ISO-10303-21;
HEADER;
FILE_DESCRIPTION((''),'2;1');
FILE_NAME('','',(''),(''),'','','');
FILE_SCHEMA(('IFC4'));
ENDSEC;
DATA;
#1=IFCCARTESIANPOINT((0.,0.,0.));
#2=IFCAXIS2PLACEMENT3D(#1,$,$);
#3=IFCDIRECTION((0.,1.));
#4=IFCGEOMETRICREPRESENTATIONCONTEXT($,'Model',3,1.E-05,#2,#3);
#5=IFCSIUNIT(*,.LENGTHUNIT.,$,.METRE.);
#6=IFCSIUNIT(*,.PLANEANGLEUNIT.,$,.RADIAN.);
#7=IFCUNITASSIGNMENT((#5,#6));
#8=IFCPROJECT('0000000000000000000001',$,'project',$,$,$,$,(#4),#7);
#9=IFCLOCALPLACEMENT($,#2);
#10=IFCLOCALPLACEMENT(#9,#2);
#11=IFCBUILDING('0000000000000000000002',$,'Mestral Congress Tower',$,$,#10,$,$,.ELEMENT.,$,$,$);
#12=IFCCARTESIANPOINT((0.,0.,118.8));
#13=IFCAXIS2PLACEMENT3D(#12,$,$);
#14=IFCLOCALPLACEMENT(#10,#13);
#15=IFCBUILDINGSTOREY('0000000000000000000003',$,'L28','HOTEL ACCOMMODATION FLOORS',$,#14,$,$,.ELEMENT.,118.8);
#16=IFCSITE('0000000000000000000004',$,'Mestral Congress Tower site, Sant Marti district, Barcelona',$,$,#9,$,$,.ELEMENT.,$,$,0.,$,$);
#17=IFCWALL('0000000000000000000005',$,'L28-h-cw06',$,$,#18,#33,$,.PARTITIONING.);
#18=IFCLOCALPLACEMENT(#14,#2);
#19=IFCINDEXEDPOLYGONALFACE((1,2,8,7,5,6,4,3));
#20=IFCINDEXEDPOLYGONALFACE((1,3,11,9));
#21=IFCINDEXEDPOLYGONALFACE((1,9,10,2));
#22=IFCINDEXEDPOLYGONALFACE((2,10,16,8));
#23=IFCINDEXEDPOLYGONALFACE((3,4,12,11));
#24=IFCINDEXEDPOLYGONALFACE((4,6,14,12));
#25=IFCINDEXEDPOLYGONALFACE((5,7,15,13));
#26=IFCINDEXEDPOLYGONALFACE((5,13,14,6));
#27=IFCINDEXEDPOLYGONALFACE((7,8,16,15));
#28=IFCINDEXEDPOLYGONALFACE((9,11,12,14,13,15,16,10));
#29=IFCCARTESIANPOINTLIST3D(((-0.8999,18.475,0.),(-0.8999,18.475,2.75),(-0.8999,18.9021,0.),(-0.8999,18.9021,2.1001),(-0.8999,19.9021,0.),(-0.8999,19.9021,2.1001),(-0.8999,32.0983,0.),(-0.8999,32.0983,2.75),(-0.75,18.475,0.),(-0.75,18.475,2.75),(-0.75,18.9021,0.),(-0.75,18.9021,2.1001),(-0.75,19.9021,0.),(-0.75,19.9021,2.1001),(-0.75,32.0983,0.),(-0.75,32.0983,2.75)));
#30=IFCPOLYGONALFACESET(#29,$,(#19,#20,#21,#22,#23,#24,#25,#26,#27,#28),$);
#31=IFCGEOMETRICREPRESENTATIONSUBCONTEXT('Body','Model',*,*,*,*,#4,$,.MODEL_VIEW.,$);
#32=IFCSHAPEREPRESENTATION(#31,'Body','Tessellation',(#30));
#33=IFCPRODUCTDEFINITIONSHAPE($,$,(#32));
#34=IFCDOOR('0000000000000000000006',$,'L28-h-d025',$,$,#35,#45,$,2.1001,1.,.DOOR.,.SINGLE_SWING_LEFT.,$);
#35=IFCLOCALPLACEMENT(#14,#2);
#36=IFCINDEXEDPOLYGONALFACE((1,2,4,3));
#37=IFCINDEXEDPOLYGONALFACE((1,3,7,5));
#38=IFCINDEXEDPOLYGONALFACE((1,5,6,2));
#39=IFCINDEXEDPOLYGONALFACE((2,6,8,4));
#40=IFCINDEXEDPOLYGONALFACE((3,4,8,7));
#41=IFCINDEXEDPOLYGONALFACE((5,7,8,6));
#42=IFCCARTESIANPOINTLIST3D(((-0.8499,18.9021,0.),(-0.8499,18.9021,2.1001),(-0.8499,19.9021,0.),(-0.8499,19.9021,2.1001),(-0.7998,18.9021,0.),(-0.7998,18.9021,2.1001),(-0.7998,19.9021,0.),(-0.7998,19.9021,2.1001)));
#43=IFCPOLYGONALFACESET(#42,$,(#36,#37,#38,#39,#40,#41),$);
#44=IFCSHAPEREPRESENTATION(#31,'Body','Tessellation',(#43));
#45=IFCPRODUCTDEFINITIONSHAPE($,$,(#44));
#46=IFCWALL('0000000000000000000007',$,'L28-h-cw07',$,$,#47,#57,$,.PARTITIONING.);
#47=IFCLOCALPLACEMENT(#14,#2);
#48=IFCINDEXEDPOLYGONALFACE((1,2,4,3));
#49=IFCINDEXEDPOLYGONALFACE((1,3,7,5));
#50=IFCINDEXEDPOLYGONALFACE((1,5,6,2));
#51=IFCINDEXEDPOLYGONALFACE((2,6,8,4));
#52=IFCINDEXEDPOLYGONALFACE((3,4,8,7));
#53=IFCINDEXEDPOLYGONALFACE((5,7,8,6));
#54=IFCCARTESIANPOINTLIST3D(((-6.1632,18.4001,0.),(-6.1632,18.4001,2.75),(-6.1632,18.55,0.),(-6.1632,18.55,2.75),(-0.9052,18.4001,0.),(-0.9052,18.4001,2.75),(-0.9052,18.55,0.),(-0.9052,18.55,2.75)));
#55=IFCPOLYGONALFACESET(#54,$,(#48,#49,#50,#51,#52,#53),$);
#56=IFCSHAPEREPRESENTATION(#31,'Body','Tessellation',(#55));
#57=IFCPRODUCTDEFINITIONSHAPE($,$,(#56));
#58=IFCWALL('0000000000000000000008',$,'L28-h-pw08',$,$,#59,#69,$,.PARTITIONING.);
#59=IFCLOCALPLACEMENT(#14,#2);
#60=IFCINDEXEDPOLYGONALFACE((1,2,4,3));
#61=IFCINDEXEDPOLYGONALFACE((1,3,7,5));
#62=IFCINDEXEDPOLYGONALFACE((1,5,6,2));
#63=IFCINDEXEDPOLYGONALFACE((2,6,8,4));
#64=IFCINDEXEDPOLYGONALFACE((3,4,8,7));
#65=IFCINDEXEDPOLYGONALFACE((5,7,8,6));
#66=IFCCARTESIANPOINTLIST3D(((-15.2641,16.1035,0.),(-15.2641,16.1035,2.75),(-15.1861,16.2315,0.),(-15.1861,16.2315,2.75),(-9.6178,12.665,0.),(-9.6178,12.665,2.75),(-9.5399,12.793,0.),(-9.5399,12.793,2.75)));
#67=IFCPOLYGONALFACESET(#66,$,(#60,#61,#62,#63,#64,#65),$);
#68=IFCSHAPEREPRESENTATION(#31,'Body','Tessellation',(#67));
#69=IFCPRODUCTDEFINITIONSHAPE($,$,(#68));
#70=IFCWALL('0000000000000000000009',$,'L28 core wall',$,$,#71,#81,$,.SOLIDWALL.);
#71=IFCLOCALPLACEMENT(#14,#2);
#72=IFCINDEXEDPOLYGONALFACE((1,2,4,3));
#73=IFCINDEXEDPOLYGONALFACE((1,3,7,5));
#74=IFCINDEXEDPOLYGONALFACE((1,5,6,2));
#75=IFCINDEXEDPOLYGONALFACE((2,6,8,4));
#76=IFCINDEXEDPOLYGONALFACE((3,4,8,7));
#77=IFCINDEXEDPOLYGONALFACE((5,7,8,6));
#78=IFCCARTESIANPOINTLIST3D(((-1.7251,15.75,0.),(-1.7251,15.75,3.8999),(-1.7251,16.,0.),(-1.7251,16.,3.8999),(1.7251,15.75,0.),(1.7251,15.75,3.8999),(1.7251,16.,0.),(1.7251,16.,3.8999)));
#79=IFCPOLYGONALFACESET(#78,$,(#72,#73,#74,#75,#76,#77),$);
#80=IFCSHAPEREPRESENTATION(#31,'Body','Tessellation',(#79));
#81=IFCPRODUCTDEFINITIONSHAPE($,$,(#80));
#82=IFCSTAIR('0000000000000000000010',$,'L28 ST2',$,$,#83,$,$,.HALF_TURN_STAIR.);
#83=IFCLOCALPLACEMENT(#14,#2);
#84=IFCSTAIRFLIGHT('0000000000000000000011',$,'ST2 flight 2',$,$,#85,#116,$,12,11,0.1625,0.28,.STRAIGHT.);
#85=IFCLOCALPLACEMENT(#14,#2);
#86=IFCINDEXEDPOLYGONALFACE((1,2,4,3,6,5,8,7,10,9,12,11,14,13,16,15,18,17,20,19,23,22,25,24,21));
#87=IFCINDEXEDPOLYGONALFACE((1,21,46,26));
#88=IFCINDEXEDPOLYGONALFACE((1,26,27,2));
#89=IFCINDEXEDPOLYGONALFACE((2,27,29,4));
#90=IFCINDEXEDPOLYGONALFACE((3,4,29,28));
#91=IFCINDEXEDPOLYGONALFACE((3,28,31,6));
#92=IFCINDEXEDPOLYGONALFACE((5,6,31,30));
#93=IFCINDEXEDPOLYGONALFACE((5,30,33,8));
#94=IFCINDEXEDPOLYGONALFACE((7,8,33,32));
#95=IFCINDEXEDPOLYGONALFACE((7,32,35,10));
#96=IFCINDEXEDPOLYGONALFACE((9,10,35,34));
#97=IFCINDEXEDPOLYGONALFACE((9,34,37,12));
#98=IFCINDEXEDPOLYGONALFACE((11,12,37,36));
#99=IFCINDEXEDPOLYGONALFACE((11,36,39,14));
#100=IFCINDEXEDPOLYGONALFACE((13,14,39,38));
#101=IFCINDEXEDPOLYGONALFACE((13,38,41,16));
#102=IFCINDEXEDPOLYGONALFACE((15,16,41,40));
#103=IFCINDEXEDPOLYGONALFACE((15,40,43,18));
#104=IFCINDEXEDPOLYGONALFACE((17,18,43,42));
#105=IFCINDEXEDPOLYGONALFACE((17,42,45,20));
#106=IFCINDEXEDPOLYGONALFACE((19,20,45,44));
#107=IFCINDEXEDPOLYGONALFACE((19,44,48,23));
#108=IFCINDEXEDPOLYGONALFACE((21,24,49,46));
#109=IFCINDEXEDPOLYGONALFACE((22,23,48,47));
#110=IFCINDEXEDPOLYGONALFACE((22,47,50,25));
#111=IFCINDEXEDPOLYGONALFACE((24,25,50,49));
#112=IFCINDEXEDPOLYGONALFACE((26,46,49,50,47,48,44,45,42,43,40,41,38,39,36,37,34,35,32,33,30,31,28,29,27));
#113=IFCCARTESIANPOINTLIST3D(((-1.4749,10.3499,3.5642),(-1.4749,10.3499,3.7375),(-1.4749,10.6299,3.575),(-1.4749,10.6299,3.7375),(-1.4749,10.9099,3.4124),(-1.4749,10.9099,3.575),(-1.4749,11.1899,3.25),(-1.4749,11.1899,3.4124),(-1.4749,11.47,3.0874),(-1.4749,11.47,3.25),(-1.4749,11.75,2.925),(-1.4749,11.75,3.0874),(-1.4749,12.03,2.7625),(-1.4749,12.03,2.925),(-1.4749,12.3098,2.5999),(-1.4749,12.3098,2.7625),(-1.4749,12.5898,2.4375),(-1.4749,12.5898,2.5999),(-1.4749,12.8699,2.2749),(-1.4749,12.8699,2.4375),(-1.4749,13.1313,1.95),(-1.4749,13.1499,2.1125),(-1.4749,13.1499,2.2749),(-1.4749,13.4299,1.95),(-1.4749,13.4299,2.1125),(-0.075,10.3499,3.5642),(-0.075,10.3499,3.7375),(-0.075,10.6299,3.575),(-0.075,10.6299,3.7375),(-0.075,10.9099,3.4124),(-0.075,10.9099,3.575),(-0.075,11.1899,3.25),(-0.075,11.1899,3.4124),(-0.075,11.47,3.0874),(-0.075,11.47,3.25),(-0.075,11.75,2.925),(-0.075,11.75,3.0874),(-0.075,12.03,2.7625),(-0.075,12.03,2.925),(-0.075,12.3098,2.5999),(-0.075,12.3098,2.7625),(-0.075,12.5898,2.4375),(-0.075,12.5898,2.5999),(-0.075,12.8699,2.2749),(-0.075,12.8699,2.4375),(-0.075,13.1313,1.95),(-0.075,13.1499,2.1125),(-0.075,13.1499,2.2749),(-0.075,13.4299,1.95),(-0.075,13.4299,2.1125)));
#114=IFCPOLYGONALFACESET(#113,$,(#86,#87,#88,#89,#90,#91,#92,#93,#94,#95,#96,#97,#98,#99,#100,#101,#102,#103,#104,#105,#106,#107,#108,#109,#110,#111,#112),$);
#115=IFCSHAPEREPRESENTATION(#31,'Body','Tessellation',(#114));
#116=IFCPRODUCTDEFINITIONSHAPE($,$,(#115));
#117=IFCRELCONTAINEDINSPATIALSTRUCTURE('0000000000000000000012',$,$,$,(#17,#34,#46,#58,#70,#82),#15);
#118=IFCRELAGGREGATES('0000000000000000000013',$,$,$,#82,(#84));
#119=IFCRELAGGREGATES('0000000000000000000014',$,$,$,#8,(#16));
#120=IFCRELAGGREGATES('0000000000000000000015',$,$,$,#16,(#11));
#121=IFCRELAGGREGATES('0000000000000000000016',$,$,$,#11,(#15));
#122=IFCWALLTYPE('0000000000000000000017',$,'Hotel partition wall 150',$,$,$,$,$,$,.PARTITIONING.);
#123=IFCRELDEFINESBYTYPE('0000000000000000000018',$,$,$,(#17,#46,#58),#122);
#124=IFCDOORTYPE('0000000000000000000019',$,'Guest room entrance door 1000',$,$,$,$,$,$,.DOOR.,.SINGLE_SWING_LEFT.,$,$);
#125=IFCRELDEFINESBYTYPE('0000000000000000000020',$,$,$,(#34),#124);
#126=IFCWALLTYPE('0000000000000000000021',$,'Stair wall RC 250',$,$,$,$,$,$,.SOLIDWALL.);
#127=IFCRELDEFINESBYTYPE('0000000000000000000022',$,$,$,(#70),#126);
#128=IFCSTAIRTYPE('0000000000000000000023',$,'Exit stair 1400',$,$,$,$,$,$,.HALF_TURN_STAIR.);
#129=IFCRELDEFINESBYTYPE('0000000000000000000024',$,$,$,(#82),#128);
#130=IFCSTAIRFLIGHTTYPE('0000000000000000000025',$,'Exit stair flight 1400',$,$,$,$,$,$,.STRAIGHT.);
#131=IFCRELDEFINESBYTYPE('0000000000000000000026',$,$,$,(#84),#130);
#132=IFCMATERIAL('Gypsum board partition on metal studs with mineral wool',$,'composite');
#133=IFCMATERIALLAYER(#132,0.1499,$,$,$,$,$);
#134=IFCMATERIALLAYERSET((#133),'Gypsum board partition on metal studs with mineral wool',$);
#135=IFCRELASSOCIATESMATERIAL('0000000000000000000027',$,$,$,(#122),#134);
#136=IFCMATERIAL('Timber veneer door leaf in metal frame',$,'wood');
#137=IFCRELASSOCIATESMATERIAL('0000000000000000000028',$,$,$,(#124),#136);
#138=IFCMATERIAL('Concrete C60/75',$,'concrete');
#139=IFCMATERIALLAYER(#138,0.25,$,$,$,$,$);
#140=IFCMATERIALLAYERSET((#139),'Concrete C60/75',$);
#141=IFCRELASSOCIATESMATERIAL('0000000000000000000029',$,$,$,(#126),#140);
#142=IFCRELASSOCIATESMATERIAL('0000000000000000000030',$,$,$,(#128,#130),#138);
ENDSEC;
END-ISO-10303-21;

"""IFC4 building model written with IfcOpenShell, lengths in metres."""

from ifc_helpers import new_model, si_unit, direction, frame, frame_2d, origin, place, context, subcontext, project, spatial, polyline, rectangle, outline, extrude, material, layer, layer_set, type_object, element, fill, aggregate, save


model = new_model("IFC4")

# Units and contexts
model_context = context("Model", 3, precision=1e-05, world=origin(), true_north=direction((0.0, 1.0)))
body_context = subcontext(model_context, "Body", "Model", "MODEL_VIEW")
ifc_project = project(units=[si_unit("LENGTHUNIT", "METRE"), si_unit("PLANEANGLEUNIT", "RADIAN")], contexts=[model_context])

# Site, building, storey
site_placement = place(None, origin())
site = spatial("IfcSite", under=ifc_project, at=site_placement, Name="Mestral Congress Tower site, Sant Marti district, Barcelona", CompositionType="ELEMENT", RefElevation=0.0)
building_placement = place(site_placement, origin())
building = spatial("IfcBuilding", under=site, at=building_placement, Name="Mestral Congress Tower", CompositionType="ELEMENT")
storey_placement = place(building_placement, frame((0.0, 0.0, 118.8)))
storey = spatial("IfcBuildingStorey", under=building, at=storey_placement, Name="L28", Description="HOTEL ACCOMMODATION FLOORS", CompositionType="ELEMENT", Elevation=118.8)

# Shared definitions
ifc_material_1 = material(Name="Concrete C60/75", Category="concrete")

# Shared definitions
ifc_material_2 = material(Name="Gypsum board partition on metal studs with mineral wool", Category="composite")

# Wall, opening, door
ifc_layer_1 = layer(ifc_material_2, 0.1499)
ifc_layer_set_1 = layer_set([ifc_layer_1], Name="Gypsum board partition on metal studs with mineral wool")
wall_type_1 = type_object("IfcWallType", Name="Hotel partition wall 150", PredefinedType="PARTITIONING", material=ifc_layer_set_1)
wall_1_placement = place(storey_placement, frame((-0.825, 18.4751, 0.0), z_axis=(0.0, 0.0, 1.0), x_axis=(0.0, 1.0, 0.0)))
wall_1 = element("IfcWall", 1, at=wall_1_placement, inside=storey, type_object=wall_type_1, Name="L28-h-cw06", PredefinedType="PARTITIONING", context=body_context, shape_type="SweptSolid", body=[
    extrude(rectangle(XDim=13.6233, YDim=0.1499, at=frame_2d((6.8115, 0.0))), origin(), (0.0, 0.0, 1.0), 2.75),
])
opening_1_placement = place(wall_1_placement, frame((0.427, 0.0, 0.0)))
opening_1 = element("IfcOpeningElement", 2, at=opening_1_placement, cuts=wall_1, PredefinedType="OPENING", context=body_context, shape_type="SweptSolid", body=[
    extrude(rectangle(XDim=1.0, YDim=2.1001, at=frame_2d((0.5, 1.05))), frame((0.0, 0.085, 0.0), z_axis=(0.0, -1.0, 0.0), x_axis=(1.0, 0.0, 0.0)), (0.0, 0.0, 1.0), 0.1699),
])
ifc_material_3 = material(Name="Timber veneer door leaf in metal frame", Category="wood")
door_type_1 = type_object("IfcDoorType", Name="Guest room entrance door 1000", OperationType="SINGLE_SWING_LEFT", PredefinedType="DOOR", material=ifc_material_3)
door_1_placement = place(opening_1_placement, origin())
door_1 = element("IfcDoor", 3, at=door_1_placement, inside=storey, type_object=door_type_1, Name="L28-h-d025", OperationType="SINGLE_SWING_LEFT", OverallHeight=2.1001, OverallWidth=1.0, PredefinedType="DOOR", context=body_context, shape_type="SweptSolid", body=[
    extrude(rectangle(XDim=1.0, YDim=2.1001, at=frame_2d((0.5, 1.05))), frame((0.0, 0.0249, 0.0), z_axis=(0.0, -1.0, 0.0), x_axis=(1.0, 0.0, 0.0)), (0.0, 0.0, 1.0), 0.05),
])
fill(opening_1, door_1)

# Walls
wall_2_placement = place(storey_placement, frame((-6.1631, 18.4751, 0.0), z_axis=(0.0, 0.0, 1.0), x_axis=(1.0, 0.0, 0.0)))
element("IfcWall", 4, at=wall_2_placement, inside=storey, type_object=wall_type_1, Name="L28-h-cw07", PredefinedType="PARTITIONING", context=body_context, shape_type="SweptSolid", body=[
    extrude(rectangle(XDim=5.2581, YDim=0.1499, at=frame_2d((2.6289, 0.0))), origin(), (0.0, 0.0, 1.0), 2.75),
])
wall_3_placement = place(storey_placement, frame((-15.2251, 16.1675, 0.0), z_axis=(0.0, 0.0, 1.0), x_axis=(0.854089, -0.520127, 0.0)))
element("IfcWall", 5, at=wall_3_placement, inside=storey, type_object=wall_type_1, Name="L28-h-pw08", PredefinedType="PARTITIONING", context=body_context, shape_type="SweptSolid", body=[
    extrude(rectangle(XDim=6.6108, YDim=0.1499, at=frame_2d((3.3054, 0.0))), origin(), (0.0, 0.0, 1.0), 2.75),
])
ifc_layer_2 = layer(ifc_material_1, 0.25)
ifc_layer_set_2 = layer_set([ifc_layer_2], Name="Concrete C60/75")
wall_type_2 = type_object("IfcWallType", Name="Stair wall RC 250", PredefinedType="SOLIDWALL", material=ifc_layer_set_2)
wall_4_placement = place(storey_placement, frame((-1.7251, 15.875, 0.0), z_axis=(0.0, 0.0, 1.0), x_axis=(1.0, 0.0, 0.0)))
element("IfcWall", 6, at=wall_4_placement, inside=storey, type_object=wall_type_2, Name="L28 core wall", PredefinedType="SOLIDWALL", context=body_context, shape_type="SweptSolid", body=[
    extrude(rectangle(XDim=3.4502, YDim=0.25, at=frame_2d((1.7251, 0.0))), origin(), (0.0, 0.0, 1.0), 3.8999),
])

# Stair, stair flight
stair_type = type_object("IfcStairType", Name="Exit stair 1400", PredefinedType="HALF_TURN_STAIR", material=ifc_material_1)
stair_placement = place(storey_placement, origin())
stair = element("IfcStair", 7, at=stair_placement, inside=storey, type_object=stair_type, Name="L28 ST2", PredefinedType="HALF_TURN_STAIR")
stair_flight_type = type_object("IfcStairFlightType", Name="Exit stair flight 1400", PredefinedType="STRAIGHT", material=ifc_material_1)
stair_flight_placement = place(storey_placement, frame((-0.7749, 13.4299, 1.95), z_axis=(0.0, 0.0, 1.0), x_axis=(0.0, -1.0, 0.0)))
stair_flight = element("IfcStairFlight", 8, at=stair_flight_placement, type_object=stair_flight_type, Name="ST2 flight 2", NumberOfRisers=12, NumberOfTreads=11, PredefinedType="STRAIGHT", RiserHeight=0.1625, TreadLength=0.28, context=body_context, shape_type="SweptSolid", body=[
    extrude(outline(polyline([(0.0, 0.0), (0.0, 0.1626), (0.28, 0.1626), (0.28, 0.325), (0.5601, 0.325), (0.5601, 0.4875), (0.8401, 0.4875), (0.8401, 0.6499), (1.1201, 0.6499), (1.1201, 0.8125), (1.3999, 0.8125), (1.3999, 0.9751), (1.6799, 0.9751), (1.6799, 1.1375), (1.96, 1.1375), (1.96, 1.3), (2.24, 1.3), (2.24, 1.4624), (2.52, 1.4624), (2.52, 1.625), (2.8, 1.625), (2.8, 1.7876), (3.0801, 1.7876), (3.0801, 1.95), (3.0801, 1.6143), (0.2986, 0.0), (0.0, 0.0)])), frame((0.0, 0.7, 0.0), z_axis=(0.0, -1.0, 0.0), x_axis=(1.0, 0.0, 0.0)), (0.0, 0.0, 1.0), 1.3999),
])
aggregate(stair, [stair_flight])

save(model, "model.ifc")
